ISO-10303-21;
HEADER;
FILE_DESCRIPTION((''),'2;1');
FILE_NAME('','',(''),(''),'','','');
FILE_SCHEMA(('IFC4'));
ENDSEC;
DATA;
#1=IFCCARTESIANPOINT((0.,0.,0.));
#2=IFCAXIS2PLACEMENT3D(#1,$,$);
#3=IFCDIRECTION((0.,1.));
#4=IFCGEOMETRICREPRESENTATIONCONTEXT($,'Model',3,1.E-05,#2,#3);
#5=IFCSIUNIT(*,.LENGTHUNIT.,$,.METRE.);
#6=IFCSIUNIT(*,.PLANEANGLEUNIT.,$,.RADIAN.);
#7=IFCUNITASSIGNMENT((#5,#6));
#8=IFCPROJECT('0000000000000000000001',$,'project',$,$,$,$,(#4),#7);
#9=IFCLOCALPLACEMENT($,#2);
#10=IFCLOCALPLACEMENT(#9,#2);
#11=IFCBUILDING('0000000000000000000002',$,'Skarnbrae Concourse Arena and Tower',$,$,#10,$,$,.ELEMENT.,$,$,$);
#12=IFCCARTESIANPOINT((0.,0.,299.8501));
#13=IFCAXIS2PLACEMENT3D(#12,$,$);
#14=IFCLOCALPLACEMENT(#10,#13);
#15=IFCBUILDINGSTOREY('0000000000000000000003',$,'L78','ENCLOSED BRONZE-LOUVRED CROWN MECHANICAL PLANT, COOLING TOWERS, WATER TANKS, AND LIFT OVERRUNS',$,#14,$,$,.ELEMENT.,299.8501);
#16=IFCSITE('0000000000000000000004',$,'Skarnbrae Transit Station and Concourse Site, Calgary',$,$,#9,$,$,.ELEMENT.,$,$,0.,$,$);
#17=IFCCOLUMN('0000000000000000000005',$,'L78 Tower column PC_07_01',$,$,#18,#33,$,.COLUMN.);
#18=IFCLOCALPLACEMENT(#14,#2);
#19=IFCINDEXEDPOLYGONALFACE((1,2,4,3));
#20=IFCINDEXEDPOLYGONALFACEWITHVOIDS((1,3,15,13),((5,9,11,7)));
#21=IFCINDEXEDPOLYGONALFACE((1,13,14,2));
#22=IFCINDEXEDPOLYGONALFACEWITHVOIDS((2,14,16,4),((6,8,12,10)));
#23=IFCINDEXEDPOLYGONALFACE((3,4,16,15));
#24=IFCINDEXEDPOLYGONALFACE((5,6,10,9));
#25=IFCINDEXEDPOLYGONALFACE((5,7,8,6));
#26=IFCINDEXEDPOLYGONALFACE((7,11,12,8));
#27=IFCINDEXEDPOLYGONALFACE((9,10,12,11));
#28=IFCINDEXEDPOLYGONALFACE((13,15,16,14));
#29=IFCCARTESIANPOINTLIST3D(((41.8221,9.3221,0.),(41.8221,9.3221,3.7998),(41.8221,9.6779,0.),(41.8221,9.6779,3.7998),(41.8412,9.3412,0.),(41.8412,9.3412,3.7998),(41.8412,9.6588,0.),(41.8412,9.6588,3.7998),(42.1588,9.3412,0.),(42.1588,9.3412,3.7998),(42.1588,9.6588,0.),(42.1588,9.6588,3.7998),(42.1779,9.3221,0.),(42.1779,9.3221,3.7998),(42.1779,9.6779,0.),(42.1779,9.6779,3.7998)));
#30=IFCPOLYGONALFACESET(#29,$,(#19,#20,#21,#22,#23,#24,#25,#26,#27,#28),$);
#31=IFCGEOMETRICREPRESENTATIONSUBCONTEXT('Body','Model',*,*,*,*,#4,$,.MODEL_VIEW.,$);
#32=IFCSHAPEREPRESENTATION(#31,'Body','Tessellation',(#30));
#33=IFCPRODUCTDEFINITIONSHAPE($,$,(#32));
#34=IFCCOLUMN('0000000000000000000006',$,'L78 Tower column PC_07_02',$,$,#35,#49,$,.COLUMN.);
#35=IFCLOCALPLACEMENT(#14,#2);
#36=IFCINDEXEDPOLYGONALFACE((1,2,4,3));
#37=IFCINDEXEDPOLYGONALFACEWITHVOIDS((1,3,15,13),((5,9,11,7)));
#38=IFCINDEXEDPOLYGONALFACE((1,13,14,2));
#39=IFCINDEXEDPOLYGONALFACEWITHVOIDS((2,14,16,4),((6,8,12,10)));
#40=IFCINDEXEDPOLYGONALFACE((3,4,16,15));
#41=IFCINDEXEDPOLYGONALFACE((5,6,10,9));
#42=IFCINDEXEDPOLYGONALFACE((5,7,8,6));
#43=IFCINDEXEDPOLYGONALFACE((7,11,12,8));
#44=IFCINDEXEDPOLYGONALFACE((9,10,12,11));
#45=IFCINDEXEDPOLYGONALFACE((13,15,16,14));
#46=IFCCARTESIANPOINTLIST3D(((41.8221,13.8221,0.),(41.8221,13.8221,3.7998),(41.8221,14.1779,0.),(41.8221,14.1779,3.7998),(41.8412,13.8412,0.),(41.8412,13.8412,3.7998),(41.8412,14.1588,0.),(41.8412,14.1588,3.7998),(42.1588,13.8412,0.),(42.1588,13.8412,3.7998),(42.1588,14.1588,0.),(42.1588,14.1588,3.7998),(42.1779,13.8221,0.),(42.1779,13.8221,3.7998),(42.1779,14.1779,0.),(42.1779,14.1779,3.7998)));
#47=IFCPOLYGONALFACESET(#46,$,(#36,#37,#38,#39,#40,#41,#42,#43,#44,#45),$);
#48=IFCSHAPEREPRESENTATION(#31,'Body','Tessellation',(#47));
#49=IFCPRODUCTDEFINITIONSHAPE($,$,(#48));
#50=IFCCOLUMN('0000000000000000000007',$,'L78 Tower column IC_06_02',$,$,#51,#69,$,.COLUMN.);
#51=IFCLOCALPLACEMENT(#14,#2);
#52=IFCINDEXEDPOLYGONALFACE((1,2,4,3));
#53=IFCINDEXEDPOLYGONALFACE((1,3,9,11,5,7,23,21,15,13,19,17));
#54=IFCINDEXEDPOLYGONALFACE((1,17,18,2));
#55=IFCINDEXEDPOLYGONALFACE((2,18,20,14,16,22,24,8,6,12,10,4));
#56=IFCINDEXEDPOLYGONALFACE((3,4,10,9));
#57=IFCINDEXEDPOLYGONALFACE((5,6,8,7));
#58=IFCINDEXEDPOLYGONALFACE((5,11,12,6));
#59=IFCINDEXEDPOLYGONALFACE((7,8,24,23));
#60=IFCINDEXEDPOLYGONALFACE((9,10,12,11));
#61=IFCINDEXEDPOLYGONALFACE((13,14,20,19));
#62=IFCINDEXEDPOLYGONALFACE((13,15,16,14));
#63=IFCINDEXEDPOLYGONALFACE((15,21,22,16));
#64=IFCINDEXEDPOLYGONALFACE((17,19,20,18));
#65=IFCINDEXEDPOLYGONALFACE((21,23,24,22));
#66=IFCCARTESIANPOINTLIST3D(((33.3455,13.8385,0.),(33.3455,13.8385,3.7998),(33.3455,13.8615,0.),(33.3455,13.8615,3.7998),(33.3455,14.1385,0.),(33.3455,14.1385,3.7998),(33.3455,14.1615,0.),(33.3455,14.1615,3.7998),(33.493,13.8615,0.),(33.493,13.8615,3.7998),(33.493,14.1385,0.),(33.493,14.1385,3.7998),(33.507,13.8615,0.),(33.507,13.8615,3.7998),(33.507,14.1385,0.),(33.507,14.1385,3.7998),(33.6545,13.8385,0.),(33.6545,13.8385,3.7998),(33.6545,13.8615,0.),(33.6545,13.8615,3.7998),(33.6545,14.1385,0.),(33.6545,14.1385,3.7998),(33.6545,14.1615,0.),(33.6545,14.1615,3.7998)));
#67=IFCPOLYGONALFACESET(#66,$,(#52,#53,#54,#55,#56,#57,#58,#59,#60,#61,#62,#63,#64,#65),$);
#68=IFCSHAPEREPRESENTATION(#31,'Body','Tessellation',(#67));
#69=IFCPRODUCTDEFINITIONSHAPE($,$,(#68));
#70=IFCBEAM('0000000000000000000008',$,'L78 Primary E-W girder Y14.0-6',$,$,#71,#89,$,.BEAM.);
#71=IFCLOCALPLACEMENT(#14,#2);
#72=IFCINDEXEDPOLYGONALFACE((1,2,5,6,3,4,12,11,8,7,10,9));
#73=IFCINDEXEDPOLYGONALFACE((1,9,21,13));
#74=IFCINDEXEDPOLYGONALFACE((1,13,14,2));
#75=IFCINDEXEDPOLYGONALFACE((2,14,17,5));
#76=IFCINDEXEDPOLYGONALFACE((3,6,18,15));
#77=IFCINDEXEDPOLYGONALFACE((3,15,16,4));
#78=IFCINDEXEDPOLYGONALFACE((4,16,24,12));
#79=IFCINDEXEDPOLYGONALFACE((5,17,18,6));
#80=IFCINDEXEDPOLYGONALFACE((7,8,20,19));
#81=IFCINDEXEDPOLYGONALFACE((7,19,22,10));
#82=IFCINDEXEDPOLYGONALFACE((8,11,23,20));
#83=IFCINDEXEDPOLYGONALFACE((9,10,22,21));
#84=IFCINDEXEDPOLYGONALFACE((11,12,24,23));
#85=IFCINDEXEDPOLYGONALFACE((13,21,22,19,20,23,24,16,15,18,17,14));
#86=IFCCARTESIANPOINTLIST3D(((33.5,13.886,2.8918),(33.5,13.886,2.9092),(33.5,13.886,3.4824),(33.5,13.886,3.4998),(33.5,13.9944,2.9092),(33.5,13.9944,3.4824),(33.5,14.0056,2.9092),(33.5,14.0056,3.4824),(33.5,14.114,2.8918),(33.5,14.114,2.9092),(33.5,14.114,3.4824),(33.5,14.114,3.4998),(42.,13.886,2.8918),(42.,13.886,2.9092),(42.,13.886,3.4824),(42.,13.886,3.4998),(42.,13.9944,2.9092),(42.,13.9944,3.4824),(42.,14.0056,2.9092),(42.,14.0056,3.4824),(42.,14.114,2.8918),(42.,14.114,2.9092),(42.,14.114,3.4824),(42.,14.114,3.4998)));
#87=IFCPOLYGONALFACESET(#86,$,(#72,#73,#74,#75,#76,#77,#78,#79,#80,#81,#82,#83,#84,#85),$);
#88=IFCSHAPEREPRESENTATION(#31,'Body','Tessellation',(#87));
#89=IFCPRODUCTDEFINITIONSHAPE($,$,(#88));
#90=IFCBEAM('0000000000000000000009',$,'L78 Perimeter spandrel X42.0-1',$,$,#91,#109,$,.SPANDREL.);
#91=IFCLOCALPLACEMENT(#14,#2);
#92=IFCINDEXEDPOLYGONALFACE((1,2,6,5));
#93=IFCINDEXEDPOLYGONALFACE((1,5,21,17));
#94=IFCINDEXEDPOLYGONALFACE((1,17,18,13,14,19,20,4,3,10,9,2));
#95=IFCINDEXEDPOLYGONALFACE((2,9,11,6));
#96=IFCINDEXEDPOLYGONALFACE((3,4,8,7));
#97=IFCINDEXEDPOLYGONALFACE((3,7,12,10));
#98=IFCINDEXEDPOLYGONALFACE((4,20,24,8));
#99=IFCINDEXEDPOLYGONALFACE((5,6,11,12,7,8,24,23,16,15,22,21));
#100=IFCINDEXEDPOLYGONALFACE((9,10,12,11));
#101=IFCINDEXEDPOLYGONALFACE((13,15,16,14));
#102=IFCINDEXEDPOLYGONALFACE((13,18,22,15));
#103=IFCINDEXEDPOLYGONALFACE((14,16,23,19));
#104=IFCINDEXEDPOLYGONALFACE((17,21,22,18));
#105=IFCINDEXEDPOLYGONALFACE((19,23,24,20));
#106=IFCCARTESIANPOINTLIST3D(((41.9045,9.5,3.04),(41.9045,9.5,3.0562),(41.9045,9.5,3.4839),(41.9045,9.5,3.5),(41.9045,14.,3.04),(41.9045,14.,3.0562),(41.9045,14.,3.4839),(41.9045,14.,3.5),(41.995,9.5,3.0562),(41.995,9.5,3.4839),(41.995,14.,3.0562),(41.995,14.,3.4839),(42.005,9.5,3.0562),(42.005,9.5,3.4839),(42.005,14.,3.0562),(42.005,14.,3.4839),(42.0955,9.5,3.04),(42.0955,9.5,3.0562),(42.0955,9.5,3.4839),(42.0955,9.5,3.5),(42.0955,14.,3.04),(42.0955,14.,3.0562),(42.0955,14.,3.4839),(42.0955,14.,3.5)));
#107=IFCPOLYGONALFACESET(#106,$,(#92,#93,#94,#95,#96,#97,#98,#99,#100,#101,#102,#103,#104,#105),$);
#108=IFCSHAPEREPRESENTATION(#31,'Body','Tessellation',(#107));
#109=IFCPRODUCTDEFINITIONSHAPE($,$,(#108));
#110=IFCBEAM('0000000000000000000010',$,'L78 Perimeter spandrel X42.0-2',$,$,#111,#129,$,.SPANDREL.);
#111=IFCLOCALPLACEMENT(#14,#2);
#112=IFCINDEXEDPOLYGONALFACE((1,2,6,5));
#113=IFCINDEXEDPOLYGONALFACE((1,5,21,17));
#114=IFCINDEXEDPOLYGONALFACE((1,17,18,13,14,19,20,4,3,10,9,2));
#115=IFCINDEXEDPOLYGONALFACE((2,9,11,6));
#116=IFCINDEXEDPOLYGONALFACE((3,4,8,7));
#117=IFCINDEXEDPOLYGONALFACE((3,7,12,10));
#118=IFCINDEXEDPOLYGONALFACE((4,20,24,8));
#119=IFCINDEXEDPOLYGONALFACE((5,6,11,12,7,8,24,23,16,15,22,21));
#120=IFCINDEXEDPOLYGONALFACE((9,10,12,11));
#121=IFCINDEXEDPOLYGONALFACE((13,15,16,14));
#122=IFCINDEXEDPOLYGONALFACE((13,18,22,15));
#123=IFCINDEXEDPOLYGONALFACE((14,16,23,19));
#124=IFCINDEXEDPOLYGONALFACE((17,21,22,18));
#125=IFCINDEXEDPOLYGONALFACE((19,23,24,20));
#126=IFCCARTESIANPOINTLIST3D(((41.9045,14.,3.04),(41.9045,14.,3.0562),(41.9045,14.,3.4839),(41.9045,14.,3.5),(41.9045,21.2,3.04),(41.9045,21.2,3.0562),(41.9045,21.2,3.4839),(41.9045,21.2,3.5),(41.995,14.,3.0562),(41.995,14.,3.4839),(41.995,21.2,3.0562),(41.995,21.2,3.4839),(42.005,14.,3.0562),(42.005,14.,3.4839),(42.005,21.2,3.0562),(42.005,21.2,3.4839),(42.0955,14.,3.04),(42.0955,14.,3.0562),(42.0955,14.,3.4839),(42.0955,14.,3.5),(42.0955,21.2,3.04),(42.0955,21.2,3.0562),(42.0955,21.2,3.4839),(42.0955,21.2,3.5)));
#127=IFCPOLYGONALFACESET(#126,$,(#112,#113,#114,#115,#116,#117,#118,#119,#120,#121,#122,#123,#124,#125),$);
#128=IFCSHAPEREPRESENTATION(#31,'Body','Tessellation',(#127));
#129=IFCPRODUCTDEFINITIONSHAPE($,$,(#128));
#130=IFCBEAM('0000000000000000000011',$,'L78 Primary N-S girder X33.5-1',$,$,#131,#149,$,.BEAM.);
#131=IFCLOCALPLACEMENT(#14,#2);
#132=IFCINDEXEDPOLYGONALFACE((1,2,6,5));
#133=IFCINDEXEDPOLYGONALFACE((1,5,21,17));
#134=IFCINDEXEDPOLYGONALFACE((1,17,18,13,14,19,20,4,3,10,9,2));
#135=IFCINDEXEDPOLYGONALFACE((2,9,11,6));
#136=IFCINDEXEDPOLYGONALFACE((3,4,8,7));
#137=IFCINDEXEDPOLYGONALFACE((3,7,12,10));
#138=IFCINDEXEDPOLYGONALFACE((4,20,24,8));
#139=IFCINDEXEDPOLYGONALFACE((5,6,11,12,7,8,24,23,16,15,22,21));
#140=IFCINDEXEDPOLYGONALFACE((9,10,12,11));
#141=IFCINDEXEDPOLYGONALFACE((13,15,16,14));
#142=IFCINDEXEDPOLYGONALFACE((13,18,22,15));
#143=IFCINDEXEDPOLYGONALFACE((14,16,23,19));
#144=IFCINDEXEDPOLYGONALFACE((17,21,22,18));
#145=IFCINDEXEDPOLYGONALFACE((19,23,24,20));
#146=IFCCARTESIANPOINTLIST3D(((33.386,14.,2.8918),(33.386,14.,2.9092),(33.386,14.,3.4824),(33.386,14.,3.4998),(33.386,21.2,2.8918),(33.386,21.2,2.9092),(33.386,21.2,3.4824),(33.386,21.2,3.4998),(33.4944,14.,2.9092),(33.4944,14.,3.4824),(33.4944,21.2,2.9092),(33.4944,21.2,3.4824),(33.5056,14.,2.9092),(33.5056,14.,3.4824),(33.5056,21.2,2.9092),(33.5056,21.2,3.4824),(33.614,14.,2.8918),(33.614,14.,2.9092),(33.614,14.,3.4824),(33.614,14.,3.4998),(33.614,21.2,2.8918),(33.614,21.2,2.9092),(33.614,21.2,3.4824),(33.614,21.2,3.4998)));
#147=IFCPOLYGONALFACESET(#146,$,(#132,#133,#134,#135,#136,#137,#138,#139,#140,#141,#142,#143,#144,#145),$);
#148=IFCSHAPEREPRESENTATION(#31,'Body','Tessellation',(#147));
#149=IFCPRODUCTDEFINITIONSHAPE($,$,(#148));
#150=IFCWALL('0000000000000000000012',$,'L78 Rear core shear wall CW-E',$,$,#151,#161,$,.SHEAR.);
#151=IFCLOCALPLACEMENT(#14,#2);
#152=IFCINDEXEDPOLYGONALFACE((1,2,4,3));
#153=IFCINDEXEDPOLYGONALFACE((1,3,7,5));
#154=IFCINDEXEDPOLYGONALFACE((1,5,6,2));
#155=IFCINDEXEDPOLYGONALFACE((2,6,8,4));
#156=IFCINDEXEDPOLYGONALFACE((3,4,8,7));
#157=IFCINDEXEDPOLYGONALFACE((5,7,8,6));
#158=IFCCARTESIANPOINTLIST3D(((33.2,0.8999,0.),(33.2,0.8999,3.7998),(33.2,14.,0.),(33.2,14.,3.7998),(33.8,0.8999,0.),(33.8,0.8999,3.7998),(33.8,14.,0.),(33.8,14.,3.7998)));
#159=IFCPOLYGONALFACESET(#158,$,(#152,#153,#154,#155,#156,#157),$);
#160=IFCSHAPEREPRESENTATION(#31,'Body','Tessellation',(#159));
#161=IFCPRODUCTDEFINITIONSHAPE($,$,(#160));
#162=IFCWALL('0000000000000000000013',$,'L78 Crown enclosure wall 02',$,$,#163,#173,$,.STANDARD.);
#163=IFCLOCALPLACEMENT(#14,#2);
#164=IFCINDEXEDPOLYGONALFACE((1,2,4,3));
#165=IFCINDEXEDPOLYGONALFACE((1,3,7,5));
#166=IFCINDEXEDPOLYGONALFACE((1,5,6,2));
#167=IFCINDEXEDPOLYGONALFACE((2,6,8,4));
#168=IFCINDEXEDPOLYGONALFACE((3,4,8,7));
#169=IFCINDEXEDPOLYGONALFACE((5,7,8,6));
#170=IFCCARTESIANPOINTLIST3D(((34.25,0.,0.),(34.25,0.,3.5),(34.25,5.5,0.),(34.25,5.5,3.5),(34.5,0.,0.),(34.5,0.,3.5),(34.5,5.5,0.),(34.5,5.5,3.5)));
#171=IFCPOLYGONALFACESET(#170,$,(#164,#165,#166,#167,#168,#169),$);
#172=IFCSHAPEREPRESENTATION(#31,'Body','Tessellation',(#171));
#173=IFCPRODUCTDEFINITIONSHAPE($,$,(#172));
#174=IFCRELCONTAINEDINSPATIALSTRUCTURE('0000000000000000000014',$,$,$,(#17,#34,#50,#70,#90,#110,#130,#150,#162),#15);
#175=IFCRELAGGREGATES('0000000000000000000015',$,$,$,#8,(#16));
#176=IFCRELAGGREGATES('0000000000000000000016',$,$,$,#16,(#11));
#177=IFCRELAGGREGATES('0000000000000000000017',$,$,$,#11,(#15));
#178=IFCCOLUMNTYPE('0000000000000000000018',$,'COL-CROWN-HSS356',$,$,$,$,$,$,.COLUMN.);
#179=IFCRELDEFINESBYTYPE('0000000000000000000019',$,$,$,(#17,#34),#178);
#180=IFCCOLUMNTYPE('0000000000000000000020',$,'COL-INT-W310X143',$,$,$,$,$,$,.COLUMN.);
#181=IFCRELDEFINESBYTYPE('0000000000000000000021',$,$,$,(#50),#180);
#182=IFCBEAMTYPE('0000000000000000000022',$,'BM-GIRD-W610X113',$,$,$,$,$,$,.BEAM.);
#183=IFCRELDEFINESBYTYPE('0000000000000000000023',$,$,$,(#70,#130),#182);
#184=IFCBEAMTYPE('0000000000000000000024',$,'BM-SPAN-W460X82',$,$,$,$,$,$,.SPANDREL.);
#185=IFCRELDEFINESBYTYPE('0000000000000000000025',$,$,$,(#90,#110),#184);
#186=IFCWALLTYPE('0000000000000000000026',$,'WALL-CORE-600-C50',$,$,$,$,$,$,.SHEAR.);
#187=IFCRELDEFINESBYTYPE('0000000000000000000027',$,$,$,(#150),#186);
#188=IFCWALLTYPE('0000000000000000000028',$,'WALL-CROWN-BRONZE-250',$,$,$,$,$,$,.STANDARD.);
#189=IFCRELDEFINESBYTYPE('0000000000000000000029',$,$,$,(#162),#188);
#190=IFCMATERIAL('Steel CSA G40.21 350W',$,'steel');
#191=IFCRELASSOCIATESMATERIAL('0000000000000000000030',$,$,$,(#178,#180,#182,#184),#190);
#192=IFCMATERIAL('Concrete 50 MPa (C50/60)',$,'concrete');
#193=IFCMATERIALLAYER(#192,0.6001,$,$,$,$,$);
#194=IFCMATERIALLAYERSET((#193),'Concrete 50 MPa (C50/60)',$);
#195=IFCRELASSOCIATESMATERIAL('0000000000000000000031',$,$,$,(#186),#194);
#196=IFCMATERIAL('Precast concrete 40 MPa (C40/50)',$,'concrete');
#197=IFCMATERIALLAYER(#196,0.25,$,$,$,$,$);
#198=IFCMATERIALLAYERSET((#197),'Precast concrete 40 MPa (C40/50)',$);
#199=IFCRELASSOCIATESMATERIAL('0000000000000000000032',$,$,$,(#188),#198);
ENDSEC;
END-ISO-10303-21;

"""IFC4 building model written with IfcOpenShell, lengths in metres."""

from ifc_helpers import new_model, si_unit, direction, frame, frame_2d, origin, origin_2d, place, context, subcontext, project, spatial, rectangle, hollow_rectangle, i_section, extrude, source, transform, mapped, material, layer, layer_set, material_profile, profile_set, type_object, element, save


model = new_model("IFC4")

# Units and contexts
model_context = context("Model", 3, precision=1e-05, world=origin(), true_north=direction((0.0, 1.0)))
body_context = subcontext(model_context, "Body", "Model", "MODEL_VIEW")
ifc_project = project(units=[si_unit("LENGTHUNIT", "METRE"), si_unit("PLANEANGLEUNIT", "RADIAN")], contexts=[model_context])

# Site, building, storey
site_placement = place(None, origin())
site = spatial("IfcSite", under=ifc_project, at=site_placement, Name="Skarnbrae Transit Station and Concourse Site, Calgary", CompositionType="ELEMENT", RefElevation=0.0)
building_placement = place(site_placement, origin())
building = spatial("IfcBuilding", under=site, at=building_placement, Name="Skarnbrae Concourse Arena and Tower", CompositionType="ELEMENT")
storey_placement = place(building_placement, frame((0.0, 0.0, 299.8501)))
storey = spatial("IfcBuildingStorey", under=building, at=storey_placement, Name="L78", Description="ENCLOSED BRONZE-LOUVRED CROWN MECHANICAL PLANT, COOLING TOWERS, WATER TANKS, AND LIFT OVERRUNS", CompositionType="ELEMENT", Elevation=299.8501)

# Columns
ifc_material_1 = material(Name="Steel CSA G40.21 350W", Category="steel")
ifc_material_profile_1 = material_profile(ifc_material_1, hollow_rectangle(XDim=0.3557, YDim=0.3557, WallThickness=0.019, at=origin_2d()), Name="HSS356X356X19.0")
ifc_profile_set_1 = profile_set([ifc_material_profile_1], Name="Steel CSA G40.21 350W")
column_type_1 = type_object("IfcColumnType", Name="COL-CROWN-HSS356", PredefinedType="COLUMN", material=ifc_profile_set_1)
shared_shape_1 = source(origin(), body_context, "Body", "SweptSolid", [
    extrude(hollow_rectangle(XDim=0.3557, YDim=0.3557, WallThickness=0.019, at=origin_2d()), origin(), (0.0, 0.0, 1.0), 3.7998),
])
for number, where, z_axis, x_axis, name in (
    (1, (42.0, 9.5, 0.0), (0.0, 0.0, 1.0), (1.0, 0.0, 0.0), "L78 Tower column PC_07_01"),
    (2, (42.0, 14.0, 0.0), (0.0, 0.0, 1.0), (1.0, 0.0, 0.0), "L78 Tower column PC_07_02"),
):
    element("IfcColumn", number, at=place(storey_placement, frame(where, z_axis=z_axis, x_axis=x_axis)), inside=storey, type_object=column_type_1, Name=name, PredefinedType="COLUMN", context=body_context, shape_type="MappedRepresentation", body=[
        mapped(shared_shape_1, transform((0.0, 0.0, 0.0))),
    ])
ifc_material_profile_2 = material_profile(ifc_material_1, i_section(OverallWidth=0.3091, OverallDepth=0.323, WebThickness=0.0139, FlangeThickness=0.0229, at=origin_2d()), Name="W310X143")
ifc_profile_set_2 = profile_set([ifc_material_profile_2], Name="Steel CSA G40.21 350W")
column_type_2 = type_object("IfcColumnType", Name="COL-INT-W310X143", PredefinedType="COLUMN", material=ifc_profile_set_2)
shared_shape_2 = source(origin(), body_context, "Body", "SweptSolid", [
    extrude(i_section(OverallWidth=0.3091, OverallDepth=0.323, WebThickness=0.0139, FlangeThickness=0.0229, at=origin_2d()), origin(), (0.0, 0.0, 1.0), 3.7998),
])
column_placement = place(storey_placement, frame((33.5, 14.0, 0.0), z_axis=(0.0, 0.0, 1.0), x_axis=(1.0, 0.0, 0.0)))
element("IfcColumn", 3, at=column_placement, inside=storey, type_object=column_type_2, Name="L78 Tower column IC_06_02", PredefinedType="COLUMN", context=body_context, shape_type="MappedRepresentation", body=[
    mapped(shared_shape_2, transform((0.0, 0.0, 0.0))),
])

# Beams
ifc_material_profile_3 = material_profile(ifc_material_1, i_section(OverallWidth=0.228, OverallDepth=0.6079, WebThickness=0.0112, FlangeThickness=0.0173, at=origin_2d()), Name="W610X113")
ifc_profile_set_3 = profile_set([ifc_material_profile_3], Name="Steel CSA G40.21 350W")
beam_type_1 = type_object("IfcBeamType", Name="BM-GIRD-W610X113", PredefinedType="BEAM", material=ifc_profile_set_3)
shared_shape_3 = source(origin(), body_context, "Body", "SweptSolid", [
    extrude(i_section(OverallWidth=0.228, OverallDepth=0.6079, WebThickness=0.0112, FlangeThickness=0.0173, at=origin_2d()), origin(), (0.0, 0.0, 1.0), 8.5),
])
beam_1_placement = place(storey_placement, frame((33.5, 14.0, 3.1958), z_axis=(1.0, 0.0, 0.0), x_axis=(0.0, 1.0, 0.0)))
element("IfcBeam", 4, at=beam_1_placement, inside=storey, type_object=beam_type_1, Name="L78 Primary E-W girder Y14.0-6", PredefinedType="BEAM", context=body_context, shape_type="MappedRepresentation", body=[
    mapped(shared_shape_3, transform((0.0, 0.0, 0.0))),
])
ifc_material_profile_4 = material_profile(ifc_material_1, i_section(OverallWidth=0.1909, OverallDepth=0.46, WebThickness=0.01, FlangeThickness=0.0161, at=origin_2d()), Name="W460X82")
ifc_profile_set_4 = profile_set([ifc_material_profile_4], Name="Steel CSA G40.21 350W")
beam_type_2 = type_object("IfcBeamType", Name="BM-SPAN-W460X82", PredefinedType="SPANDREL", material=ifc_profile_set_4)
shared_shape_4 = source(origin(), body_context, "Body", "SweptSolid", [
    extrude(i_section(OverallWidth=0.1909, OverallDepth=0.46, WebThickness=0.01, FlangeThickness=0.0161, at=origin_2d()), origin(), (0.0, 0.0, 1.0), 4.5),
])
beam_2_placement = place(storey_placement, frame((42.0, 9.5, 3.27), z_axis=(0.0, 1.0, 0.0), x_axis=(-1.0, 0.0, 0.0)))
element("IfcBeam", 5, at=beam_2_placement, inside=storey, type_object=beam_type_2, Name="L78 Perimeter spandrel X42.0-1", PredefinedType="SPANDREL", context=body_context, shape_type="MappedRepresentation", body=[
    mapped(shared_shape_4, transform((0.0, 0.0, 0.0))),
])
shared_shape_5 = source(origin(), body_context, "Body", "SweptSolid", [
    extrude(i_section(OverallWidth=0.1909, OverallDepth=0.46, WebThickness=0.01, FlangeThickness=0.0161, at=origin_2d()), origin(), (0.0, 0.0, 1.0), 7.2),
])
beam_3_placement = place(storey_placement, frame((42.0, 14.0, 3.27), z_axis=(0.0, 1.0, 0.0), x_axis=(-1.0, 0.0, 0.0)))
element("IfcBeam", 6, at=beam_3_placement, inside=storey, type_object=beam_type_2, Name="L78 Perimeter spandrel X42.0-2", PredefinedType="SPANDREL", context=body_context, shape_type="MappedRepresentation", body=[
    mapped(shared_shape_5, transform((0.0, 0.0, 0.0))),
])
shared_shape_6 = source(origin(), body_context, "Body", "SweptSolid", [
    extrude(i_section(OverallWidth=0.228, OverallDepth=0.6079, WebThickness=0.0112, FlangeThickness=0.0173, at=origin_2d()), origin(), (0.0, 0.0, 1.0), 7.2),
])
beam_4_placement = place(storey_placement, frame((33.5, 14.0, 3.1958), z_axis=(0.0, 1.0, 0.0), x_axis=(-1.0, 0.0, 0.0)))
element("IfcBeam", 7, at=beam_4_placement, inside=storey, type_object=beam_type_1, Name="L78 Primary N-S girder X33.5-1", PredefinedType="BEAM", context=body_context, shape_type="MappedRepresentation", body=[
    mapped(shared_shape_6, transform((0.0, 0.0, 0.0))),
])

# Walls
ifc_material_2 = material(Name="Concrete 50 MPa (C50/60)", Category="concrete")
ifc_layer_1 = layer(ifc_material_2, 0.6001)
ifc_layer_set_1 = layer_set([ifc_layer_1], Name="Concrete 50 MPa (C50/60)")
wall_type_1 = type_object("IfcWallType", Name="WALL-CORE-600-C50", PredefinedType="SHEAR", material=ifc_layer_set_1)
shared_shape_7 = source(origin(), body_context, "Body", "SweptSolid", [
    extrude(rectangle(XDim=13.1001, YDim=0.6001, at=frame_2d((6.55, 0.0))), origin(), (0.0, 0.0, 1.0), 3.7998),
])
wall_1_placement = place(storey_placement, frame((33.5, 0.8999, 0.0), z_axis=(0.0, 0.0, 1.0), x_axis=(0.0, 1.0, 0.0)))
element("IfcWall", 8, at=wall_1_placement, inside=storey, type_object=wall_type_1, Name="L78 Rear core shear wall CW-E", PredefinedType="SHEAR", context=body_context, shape_type="MappedRepresentation", body=[
    mapped(shared_shape_7, transform((0.0, 0.0, 0.0))),
])
ifc_material_3 = material(Name="Precast concrete 40 MPa (C40/50)", Category="concrete")
ifc_layer_2 = layer(ifc_material_3, 0.25)
ifc_layer_set_2 = layer_set([ifc_layer_2], Name="Precast concrete 40 MPa (C40/50)")
wall_type_2 = type_object("IfcWallType", Name="WALL-CROWN-BRONZE-250", PredefinedType="STANDARD", material=ifc_layer_set_2)
shared_shape_8 = source(origin(), body_context, "Body", "SweptSolid", [
    extrude(rectangle(XDim=5.5, YDim=0.25, at=frame_2d((2.75, 0.0))), origin(), (0.0, 0.0, 1.0), 3.5),
])
wall_2_placement = place(storey_placement, frame((34.375, 0.0, 0.0), z_axis=(0.0, 0.0, 1.0), x_axis=(0.0, 1.0, 0.0)))
element("IfcWall", 9, at=wall_2_placement, inside=storey, type_object=wall_type_2, Name="L78 Crown enclosure wall 02", PredefinedType="STANDARD", context=body_context, shape_type="MappedRepresentation", body=[
    mapped(shared_shape_8, transform((0.0, 0.0, 0.0))),
])

save(model, "model.ifc")
